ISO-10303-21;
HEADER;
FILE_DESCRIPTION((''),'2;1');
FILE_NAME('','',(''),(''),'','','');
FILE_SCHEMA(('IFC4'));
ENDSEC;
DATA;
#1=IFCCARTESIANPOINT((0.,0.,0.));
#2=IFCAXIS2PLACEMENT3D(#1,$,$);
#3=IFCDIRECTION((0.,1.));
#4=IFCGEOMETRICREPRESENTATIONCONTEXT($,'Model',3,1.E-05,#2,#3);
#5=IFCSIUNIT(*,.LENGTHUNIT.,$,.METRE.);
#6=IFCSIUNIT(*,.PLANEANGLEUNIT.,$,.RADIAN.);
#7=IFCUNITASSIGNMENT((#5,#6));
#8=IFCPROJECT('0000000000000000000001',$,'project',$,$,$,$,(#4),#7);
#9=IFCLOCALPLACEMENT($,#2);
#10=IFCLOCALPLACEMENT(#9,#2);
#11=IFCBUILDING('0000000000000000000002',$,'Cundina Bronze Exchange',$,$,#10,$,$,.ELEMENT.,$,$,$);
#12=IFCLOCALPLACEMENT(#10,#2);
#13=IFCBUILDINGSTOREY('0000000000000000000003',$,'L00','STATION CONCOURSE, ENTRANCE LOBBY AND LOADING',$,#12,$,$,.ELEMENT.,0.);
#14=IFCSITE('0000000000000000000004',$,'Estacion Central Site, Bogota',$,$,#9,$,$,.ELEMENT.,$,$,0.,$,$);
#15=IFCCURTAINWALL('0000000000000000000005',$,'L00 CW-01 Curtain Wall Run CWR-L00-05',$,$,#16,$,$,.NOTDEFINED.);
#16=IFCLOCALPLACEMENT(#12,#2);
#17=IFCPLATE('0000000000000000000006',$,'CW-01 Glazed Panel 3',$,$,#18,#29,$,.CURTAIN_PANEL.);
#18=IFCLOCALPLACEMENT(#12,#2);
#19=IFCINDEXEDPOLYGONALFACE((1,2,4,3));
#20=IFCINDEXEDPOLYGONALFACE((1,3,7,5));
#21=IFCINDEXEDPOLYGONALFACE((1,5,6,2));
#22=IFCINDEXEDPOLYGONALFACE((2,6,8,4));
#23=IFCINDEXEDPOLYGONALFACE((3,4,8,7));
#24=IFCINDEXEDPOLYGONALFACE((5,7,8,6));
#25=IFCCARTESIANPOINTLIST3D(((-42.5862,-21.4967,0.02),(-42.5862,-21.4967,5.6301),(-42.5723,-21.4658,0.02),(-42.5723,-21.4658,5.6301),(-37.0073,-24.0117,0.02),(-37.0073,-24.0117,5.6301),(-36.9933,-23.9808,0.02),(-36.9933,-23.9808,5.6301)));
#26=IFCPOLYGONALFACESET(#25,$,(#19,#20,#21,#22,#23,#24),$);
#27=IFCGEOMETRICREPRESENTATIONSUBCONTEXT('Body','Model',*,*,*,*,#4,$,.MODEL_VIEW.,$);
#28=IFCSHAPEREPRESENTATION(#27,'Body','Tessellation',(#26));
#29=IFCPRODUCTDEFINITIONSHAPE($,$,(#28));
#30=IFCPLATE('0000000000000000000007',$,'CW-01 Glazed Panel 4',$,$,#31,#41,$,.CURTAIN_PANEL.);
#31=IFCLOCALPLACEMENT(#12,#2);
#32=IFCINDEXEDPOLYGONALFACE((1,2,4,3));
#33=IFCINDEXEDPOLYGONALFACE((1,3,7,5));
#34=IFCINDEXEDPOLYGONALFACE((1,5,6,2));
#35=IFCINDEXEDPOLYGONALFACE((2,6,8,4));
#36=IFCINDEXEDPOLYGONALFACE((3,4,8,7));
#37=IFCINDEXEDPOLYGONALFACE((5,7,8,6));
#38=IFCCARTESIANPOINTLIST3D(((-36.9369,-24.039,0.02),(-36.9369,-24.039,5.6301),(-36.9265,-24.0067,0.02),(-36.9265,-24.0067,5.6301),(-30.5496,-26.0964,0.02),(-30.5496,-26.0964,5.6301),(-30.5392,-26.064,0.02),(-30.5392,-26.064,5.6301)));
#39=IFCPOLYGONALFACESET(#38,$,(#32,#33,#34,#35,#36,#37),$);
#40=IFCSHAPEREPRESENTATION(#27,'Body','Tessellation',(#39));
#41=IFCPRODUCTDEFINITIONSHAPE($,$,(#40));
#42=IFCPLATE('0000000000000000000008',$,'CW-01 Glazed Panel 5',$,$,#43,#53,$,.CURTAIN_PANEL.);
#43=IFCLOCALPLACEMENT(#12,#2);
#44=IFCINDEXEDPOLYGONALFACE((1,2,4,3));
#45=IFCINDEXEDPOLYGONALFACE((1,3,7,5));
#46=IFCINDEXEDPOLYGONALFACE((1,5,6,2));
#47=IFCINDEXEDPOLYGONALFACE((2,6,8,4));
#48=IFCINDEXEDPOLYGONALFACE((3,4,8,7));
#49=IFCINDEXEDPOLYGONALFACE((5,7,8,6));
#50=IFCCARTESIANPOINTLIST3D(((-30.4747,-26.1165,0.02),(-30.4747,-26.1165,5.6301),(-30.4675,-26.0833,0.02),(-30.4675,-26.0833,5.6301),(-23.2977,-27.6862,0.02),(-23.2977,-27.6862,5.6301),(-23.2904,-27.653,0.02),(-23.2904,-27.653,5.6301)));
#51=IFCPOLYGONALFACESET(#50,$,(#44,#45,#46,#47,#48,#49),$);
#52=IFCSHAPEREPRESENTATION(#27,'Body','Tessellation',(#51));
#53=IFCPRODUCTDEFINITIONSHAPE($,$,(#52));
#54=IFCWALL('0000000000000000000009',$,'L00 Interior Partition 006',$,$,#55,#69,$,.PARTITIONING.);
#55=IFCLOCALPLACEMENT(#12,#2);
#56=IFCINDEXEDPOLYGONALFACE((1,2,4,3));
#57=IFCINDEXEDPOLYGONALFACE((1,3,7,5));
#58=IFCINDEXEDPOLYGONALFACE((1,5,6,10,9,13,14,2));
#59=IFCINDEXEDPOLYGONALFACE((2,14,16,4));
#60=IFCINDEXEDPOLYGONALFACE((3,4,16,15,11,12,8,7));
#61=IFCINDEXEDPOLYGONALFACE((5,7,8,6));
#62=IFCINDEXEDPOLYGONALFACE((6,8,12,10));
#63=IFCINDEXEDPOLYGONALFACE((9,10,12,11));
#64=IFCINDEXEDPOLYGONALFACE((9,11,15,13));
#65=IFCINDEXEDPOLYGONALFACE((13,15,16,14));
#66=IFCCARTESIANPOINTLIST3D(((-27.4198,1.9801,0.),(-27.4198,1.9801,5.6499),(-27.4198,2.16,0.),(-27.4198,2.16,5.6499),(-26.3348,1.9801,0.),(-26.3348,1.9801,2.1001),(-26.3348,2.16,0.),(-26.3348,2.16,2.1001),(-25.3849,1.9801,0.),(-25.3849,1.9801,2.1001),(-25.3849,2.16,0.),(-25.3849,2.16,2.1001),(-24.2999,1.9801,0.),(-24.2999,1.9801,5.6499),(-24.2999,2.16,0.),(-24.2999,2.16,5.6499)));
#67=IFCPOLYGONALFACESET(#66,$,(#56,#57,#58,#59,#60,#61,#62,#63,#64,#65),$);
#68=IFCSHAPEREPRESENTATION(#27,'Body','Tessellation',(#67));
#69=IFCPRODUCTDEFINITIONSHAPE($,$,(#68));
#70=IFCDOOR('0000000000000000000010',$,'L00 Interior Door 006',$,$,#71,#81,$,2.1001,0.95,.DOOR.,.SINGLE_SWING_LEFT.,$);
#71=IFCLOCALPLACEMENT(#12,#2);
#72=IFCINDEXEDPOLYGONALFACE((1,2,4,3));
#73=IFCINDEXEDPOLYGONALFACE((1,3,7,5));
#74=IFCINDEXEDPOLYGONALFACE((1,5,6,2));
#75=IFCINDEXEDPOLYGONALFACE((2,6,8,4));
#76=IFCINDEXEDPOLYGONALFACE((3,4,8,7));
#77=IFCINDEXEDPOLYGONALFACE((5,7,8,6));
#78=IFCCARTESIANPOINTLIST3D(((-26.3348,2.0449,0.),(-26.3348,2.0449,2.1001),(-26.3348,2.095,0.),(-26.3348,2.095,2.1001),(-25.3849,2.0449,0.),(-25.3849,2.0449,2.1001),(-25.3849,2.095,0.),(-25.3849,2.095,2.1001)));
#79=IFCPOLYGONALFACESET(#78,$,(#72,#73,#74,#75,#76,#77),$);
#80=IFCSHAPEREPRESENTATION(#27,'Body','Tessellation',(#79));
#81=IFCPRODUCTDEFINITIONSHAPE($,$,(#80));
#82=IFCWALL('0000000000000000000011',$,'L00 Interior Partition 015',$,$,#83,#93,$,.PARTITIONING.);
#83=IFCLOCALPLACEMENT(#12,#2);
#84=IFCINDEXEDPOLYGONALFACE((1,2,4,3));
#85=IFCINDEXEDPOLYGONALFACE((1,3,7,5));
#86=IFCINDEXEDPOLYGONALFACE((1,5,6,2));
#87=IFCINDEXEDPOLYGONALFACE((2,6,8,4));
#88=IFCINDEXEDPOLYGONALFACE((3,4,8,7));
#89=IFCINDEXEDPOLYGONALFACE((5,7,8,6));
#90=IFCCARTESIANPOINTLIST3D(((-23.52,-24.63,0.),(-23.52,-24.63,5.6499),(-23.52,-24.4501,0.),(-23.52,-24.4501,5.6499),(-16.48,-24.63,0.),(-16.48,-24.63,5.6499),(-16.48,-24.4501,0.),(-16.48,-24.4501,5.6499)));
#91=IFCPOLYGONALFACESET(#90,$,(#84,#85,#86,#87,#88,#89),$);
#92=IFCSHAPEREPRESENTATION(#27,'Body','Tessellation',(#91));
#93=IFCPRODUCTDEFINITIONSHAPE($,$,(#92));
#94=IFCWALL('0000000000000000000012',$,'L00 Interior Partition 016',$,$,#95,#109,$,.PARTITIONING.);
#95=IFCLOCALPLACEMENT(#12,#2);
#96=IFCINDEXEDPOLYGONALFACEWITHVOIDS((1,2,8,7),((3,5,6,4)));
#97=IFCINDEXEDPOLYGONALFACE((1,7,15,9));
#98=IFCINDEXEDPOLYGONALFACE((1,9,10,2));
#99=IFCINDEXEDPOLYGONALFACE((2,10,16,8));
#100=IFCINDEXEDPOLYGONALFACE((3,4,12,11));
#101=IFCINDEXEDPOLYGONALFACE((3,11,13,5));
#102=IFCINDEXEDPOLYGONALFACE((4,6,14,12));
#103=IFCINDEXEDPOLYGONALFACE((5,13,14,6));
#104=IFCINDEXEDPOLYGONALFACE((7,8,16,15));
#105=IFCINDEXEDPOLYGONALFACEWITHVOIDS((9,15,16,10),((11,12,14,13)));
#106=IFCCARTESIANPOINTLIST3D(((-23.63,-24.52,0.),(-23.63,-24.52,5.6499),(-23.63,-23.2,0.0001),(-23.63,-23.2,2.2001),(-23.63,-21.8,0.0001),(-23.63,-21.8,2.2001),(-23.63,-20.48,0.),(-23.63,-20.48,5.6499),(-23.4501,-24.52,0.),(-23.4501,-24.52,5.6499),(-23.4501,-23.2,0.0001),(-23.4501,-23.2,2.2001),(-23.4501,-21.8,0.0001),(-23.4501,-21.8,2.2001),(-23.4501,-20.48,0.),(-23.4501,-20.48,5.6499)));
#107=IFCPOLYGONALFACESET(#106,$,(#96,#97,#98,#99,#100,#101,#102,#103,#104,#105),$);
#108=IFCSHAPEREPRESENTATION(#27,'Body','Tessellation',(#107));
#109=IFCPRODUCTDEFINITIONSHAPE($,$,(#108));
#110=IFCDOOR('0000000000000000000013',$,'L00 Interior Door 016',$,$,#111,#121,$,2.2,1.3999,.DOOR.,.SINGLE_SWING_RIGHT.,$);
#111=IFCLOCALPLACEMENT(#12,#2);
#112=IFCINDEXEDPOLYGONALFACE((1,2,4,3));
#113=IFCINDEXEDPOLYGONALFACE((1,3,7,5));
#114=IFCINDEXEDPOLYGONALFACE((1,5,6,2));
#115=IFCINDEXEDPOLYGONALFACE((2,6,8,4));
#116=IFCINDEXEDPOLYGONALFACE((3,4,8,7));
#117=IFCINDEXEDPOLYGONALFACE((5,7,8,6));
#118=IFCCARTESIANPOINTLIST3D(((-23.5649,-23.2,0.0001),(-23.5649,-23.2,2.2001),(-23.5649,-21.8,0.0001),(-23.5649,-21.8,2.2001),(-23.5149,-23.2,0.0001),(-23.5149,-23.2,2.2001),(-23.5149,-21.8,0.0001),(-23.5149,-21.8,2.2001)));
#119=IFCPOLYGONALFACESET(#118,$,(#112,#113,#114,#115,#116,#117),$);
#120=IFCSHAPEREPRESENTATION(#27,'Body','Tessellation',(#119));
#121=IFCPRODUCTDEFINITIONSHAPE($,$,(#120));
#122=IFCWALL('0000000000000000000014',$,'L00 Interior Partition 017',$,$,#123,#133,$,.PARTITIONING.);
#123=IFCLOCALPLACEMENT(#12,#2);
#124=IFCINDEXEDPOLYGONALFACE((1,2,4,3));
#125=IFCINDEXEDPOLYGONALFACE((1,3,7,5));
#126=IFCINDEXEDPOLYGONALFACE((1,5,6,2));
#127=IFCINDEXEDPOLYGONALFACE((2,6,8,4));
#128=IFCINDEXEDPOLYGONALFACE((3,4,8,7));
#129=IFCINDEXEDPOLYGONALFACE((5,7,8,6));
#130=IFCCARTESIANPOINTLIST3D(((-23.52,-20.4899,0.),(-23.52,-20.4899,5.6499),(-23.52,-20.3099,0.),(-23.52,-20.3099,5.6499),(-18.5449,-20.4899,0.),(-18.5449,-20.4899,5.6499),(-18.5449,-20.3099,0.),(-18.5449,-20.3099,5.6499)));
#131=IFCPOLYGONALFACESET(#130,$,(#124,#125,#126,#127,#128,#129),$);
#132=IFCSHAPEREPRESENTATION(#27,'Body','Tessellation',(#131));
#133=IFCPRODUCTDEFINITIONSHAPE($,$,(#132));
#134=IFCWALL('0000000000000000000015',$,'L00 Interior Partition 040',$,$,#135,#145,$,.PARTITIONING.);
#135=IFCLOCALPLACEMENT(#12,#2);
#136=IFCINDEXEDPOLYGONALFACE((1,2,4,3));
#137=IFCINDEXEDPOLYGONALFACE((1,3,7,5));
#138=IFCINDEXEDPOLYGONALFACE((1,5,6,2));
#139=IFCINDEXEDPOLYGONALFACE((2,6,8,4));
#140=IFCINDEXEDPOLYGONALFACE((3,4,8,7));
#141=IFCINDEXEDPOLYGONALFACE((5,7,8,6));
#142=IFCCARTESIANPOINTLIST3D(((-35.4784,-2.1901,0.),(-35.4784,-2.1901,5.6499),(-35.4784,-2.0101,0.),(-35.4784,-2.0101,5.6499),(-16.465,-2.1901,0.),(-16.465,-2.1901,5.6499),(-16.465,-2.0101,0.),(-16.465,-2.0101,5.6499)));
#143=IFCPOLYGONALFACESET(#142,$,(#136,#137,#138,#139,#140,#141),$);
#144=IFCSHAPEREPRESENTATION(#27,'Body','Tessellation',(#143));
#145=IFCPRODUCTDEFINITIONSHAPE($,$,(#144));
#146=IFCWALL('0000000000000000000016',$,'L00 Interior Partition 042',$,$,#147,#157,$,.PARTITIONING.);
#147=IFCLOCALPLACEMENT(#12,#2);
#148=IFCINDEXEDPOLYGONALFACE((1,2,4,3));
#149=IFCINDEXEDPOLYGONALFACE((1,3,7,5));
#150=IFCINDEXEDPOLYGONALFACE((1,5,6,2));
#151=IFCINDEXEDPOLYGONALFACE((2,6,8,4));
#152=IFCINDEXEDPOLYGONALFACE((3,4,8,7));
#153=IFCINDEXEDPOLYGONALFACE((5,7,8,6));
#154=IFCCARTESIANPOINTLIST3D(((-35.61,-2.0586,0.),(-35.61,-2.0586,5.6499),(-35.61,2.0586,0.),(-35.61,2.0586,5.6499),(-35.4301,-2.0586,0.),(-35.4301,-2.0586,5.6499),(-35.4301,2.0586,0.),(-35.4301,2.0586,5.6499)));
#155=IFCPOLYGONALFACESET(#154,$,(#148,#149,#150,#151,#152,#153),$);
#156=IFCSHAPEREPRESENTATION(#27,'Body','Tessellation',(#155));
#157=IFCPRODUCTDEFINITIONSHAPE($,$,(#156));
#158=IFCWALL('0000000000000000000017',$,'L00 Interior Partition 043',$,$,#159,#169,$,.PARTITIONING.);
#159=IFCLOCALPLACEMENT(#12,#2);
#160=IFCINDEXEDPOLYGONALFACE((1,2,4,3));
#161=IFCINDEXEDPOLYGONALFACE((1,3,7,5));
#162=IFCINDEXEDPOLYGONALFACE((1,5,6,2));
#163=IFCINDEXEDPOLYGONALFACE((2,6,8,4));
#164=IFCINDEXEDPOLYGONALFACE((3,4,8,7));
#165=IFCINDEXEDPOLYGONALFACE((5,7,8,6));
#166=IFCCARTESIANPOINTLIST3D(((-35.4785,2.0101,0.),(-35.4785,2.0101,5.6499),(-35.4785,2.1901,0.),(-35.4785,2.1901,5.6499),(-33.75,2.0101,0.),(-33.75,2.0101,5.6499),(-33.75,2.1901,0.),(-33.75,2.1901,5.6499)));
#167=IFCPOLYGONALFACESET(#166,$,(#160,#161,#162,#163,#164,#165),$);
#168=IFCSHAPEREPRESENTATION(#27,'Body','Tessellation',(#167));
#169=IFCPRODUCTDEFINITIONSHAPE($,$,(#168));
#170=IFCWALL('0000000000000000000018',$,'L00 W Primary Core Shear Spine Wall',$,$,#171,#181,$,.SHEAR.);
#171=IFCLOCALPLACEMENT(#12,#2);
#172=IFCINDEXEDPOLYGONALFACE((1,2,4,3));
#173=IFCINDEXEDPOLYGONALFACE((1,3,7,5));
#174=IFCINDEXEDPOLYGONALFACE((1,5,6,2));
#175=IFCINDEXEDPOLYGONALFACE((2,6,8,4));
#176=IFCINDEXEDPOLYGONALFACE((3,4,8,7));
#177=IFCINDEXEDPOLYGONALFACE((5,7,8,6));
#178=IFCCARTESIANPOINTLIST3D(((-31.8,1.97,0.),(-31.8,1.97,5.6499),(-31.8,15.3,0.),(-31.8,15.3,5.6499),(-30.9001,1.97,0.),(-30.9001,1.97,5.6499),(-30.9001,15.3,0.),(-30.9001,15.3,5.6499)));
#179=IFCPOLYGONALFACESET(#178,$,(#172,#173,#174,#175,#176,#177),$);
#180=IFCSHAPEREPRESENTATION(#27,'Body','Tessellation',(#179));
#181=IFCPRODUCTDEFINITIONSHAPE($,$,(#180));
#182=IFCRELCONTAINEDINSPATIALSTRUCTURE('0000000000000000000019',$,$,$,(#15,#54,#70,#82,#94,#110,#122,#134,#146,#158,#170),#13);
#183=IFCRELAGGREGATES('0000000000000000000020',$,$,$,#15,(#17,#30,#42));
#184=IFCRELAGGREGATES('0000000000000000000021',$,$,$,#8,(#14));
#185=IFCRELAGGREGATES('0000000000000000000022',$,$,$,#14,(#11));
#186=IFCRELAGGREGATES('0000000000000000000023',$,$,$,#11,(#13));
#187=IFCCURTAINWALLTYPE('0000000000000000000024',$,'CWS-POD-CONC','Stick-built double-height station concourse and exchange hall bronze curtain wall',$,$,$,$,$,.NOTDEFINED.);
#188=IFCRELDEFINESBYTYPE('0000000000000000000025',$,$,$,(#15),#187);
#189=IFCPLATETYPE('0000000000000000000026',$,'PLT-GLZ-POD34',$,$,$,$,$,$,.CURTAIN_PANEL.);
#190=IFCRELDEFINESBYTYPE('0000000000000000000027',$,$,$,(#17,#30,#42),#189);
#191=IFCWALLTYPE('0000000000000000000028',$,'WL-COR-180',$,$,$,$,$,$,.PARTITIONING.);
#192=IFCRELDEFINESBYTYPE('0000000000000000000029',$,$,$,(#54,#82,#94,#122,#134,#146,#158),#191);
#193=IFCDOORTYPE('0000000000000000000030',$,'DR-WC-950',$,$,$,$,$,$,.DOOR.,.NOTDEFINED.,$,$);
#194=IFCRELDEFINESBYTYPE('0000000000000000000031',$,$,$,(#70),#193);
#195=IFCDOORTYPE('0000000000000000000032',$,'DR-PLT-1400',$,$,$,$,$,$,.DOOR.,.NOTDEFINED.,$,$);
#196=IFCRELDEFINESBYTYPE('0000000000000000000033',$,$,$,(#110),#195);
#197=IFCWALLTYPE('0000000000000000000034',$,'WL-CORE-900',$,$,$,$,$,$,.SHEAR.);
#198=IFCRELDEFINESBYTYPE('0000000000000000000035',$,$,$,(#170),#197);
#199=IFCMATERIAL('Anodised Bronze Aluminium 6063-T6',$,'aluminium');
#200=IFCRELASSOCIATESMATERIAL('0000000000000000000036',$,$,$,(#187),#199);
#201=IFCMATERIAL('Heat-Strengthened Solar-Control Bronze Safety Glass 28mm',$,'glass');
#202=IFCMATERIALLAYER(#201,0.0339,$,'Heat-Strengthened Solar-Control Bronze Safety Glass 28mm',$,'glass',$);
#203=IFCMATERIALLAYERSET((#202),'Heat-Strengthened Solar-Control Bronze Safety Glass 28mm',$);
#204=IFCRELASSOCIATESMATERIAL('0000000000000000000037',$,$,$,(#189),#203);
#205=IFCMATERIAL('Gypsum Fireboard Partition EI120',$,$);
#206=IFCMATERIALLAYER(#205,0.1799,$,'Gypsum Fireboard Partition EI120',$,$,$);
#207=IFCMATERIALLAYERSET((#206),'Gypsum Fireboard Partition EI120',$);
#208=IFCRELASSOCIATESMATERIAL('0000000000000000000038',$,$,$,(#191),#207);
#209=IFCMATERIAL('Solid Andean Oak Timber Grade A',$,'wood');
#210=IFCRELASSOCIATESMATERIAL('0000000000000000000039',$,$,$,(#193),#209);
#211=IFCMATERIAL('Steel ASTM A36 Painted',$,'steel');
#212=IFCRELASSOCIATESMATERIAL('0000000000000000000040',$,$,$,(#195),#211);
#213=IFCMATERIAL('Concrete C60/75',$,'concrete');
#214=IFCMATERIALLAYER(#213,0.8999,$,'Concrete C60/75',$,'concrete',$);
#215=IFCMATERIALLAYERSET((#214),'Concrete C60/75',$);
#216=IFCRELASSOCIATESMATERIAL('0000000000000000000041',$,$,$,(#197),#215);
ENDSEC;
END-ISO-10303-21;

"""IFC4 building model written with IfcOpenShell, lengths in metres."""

from ifc_helpers import new_model, si_unit, direction, frame, frame_2d, origin, origin_2d, place, context, subcontext, project, spatial, rectangle, extrude, material, layer, layer_set, type_object, element, fill, aggregate, save


model = new_model("IFC4")

# Units and contexts
model_context = context("Model", 3, precision=1e-05, world=origin(), true_north=direction((0.0, 1.0)))
body_context = subcontext(model_context, "Body", "Model", "MODEL_VIEW")
ifc_project = project(units=[si_unit("LENGTHUNIT", "METRE"), si_unit("PLANEANGLEUNIT", "RADIAN")], contexts=[model_context])

# Site, building, storey
site_placement = place(None, origin())
site = spatial("IfcSite", under=ifc_project, at=site_placement, Name="Estacion Central Site, Bogota", CompositionType="ELEMENT", RefElevation=0.0)
building_placement = place(site_placement, origin())
building = spatial("IfcBuilding", under=site, at=building_placement, Name="Cundina Bronze Exchange", CompositionType="ELEMENT")
storey_placement = place(building_placement, origin())
storey = spatial("IfcBuildingStorey", under=building, at=storey_placement, Name="L00", Description="STATION CONCOURSE, ENTRANCE LOBBY AND LOADING", CompositionType="ELEMENT", Elevation=0.0)

# Shared definitions
ifc_material_1 = material(Name="Concrete C60/75", Category="concrete")

# Curtain wall, plates
ifc_material_2 = material(Name="Anodised Bronze Aluminium 6063-T6", Category="aluminium")
curtain_wall_type = type_object("IfcCurtainWallType", Name="CWS-POD-CONC", Description="Stick-built double-height station concourse and exchange hall bronze curtain wall", PredefinedType="NOTDEFINED", material=ifc_material_2)
curtain_wall_placement = place(storey_placement, origin())
curtain_wall = element("IfcCurtainWall", 1, at=curtain_wall_placement, inside=storey, type_object=curtain_wall_type, Name="L00 CW-01 Curtain Wall Run CWR-L00-05", PredefinedType="NOTDEFINED")
ifc_material_3 = material(Name="Heat-Strengthened Solar-Control Bronze Safety Glass 28mm", Category="glass")
ifc_layer_1 = layer(ifc_material_3, 0.0339, Name="Heat-Strengthened Solar-Control Bronze Safety Glass 28mm", Category="glass")
ifc_layer_set_1 = layer_set([ifc_layer_1], Name="Heat-Strengthened Solar-Control Bronze Safety Glass 28mm")
plate_type = type_object("IfcPlateType", Name="PLT-GLZ-POD34", PredefinedType="CURTAIN_PANEL", material=ifc_layer_set_1)
plate_1_placement = place(storey_placement, frame((-39.7898, -22.7388, 0.02), z_axis=(0.0, 0.0, 1.0), x_axis=(0.911647, -0.410973, 0.0)))
plate_1 = element("IfcPlate", 2, at=plate_1_placement, type_object=plate_type, Name="CW-01 Glazed Panel 3", PredefinedType="CURTAIN_PANEL", context=body_context, shape_type="SweptSolid", body=[
    extrude(rectangle(XDim=6.1196, YDim=0.0339, at=origin_2d()), origin(), (0.0, 0.0, 1.0), 5.6101),
])
plate_2_placement = place(storey_placement, frame((-33.738, -25.0515, 0.02), z_axis=(0.0, 0.0, 1.0), x_axis=(0.951841, -0.306593, 0.0)))
plate_2 = element("IfcPlate", 3, at=plate_2_placement, type_object=plate_type, Name="CW-01 Glazed Panel 4", PredefinedType="CURTAIN_PANEL", context=body_context, shape_type="SweptSolid", body=[
    extrude(rectangle(XDim=6.7104, YDim=0.0339, at=origin_2d()), origin(), (0.0, 0.0, 1.0), 5.6101),
])
plate_3_placement = place(storey_placement, frame((-26.8826, -26.8848, 0.02), z_axis=(0.0, 0.0, 1.0), x_axis=(0.976908, -0.213661, 0.0)))
plate_3 = element("IfcPlate", 4, at=plate_3_placement, type_object=plate_type, Name="CW-01 Glazed Panel 5", PredefinedType="CURTAIN_PANEL", context=body_context, shape_type="SweptSolid", body=[
    extrude(rectangle(XDim=7.3467, YDim=0.0339, at=origin_2d()), origin(), (0.0, 0.0, 1.0), 5.6101),
])
aggregate(curtain_wall, [plate_1, plate_2, plate_3])

# Wall, opening, door
ifc_material_4 = material(Name="Gypsum Fireboard Partition EI120")
ifc_layer_2 = layer(ifc_material_4, 0.1799, Name="Gypsum Fireboard Partition EI120")
ifc_layer_set_2 = layer_set([ifc_layer_2], Name="Gypsum Fireboard Partition EI120")
wall_type_1 = type_object("IfcWallType", Name="WL-COR-180", PredefinedType="PARTITIONING", material=ifc_layer_set_2)
ifc_material_5 = material(Name="Steel ASTM A36 Painted", Category="steel")
wall_1_placement = place(storey_placement, frame((-27.4199, 2.0701, 0.0), z_axis=(0.0, 0.0, 1.0), x_axis=(1.0, 0.0, 0.0)))
wall_1 = element("IfcWall", 5, at=wall_1_placement, inside=storey, type_object=wall_type_1, Name="L00 Interior Partition 006", PredefinedType="PARTITIONING", context=body_context, shape_type="SweptSolid", body=[
    extrude(rectangle(XDim=3.1199, YDim=0.1799, at=frame_2d((1.5601, 0.0))), origin(), (0.0, 0.0, 1.0), 5.6499),
])
opening_1_placement = place(wall_1_placement, frame((1.085, 0.0, 0.0)))
opening_1 = element("IfcOpeningElement", 6, at=opening_1_placement, cuts=wall_1, PredefinedType="OPENING", context=body_context, shape_type="SweptSolid", body=[
    extrude(rectangle(XDim=0.95, YDim=2.1001, at=frame_2d((0.4751, 1.05))), frame((0.0, 0.0999, 0.0), z_axis=(0.0, -1.0, 0.0), x_axis=(1.0, 0.0, 0.0)), (0.0, 0.0, 1.0), 0.2),
])
ifc_material_6 = material(Name="Solid Andean Oak Timber Grade A", Category="wood")
door_type_1 = type_object("IfcDoorType", Name="DR-WC-950", OperationType="NOTDEFINED", PredefinedType="DOOR", material=ifc_material_6)
door_1_placement = place(opening_1_placement, origin())
door_1 = element("IfcDoor", 7, at=door_1_placement, inside=storey, type_object=door_type_1, Name="L00 Interior Door 006", OperationType="SINGLE_SWING_LEFT", OverallHeight=2.1001, OverallWidth=0.95, PredefinedType="DOOR", context=body_context, shape_type="SweptSolid", body=[
    extrude(rectangle(XDim=0.95, YDim=2.1001, at=frame_2d((0.4751, 1.05))), frame((0.0, 0.0249, 0.0), z_axis=(0.0, -1.0, 0.0), x_axis=(1.0, 0.0, 0.0)), (0.0, 0.0, 1.0), 0.05),
])
fill(opening_1, door_1)

# Wall
wall_2_placement = place(storey_placement, frame((-23.52, -24.54, 0.0), z_axis=(0.0, 0.0, 1.0), x_axis=(1.0, 0.0, 0.0)))
element("IfcWall", 8, at=wall_2_placement, inside=storey, type_object=wall_type_1, Name="L00 Interior Partition 015", PredefinedType="PARTITIONING", context=body_context, shape_type="SweptSolid", body=[
    extrude(rectangle(XDim=7.04, YDim=0.1799, at=frame_2d((3.52, 0.0))), origin(), (0.0, 0.0, 1.0), 5.6499),
])

# Wall, opening, door
wall_3_placement = place(storey_placement, frame((-23.54, -24.52, 0.0), z_axis=(0.0, 0.0, 1.0), x_axis=(0.0, 1.0, 0.0)))
wall_3 = element("IfcWall", 9, at=wall_3_placement, inside=storey, type_object=wall_type_1, Name="L00 Interior Partition 016", PredefinedType="PARTITIONING", context=body_context, shape_type="SweptSolid", body=[
    extrude(rectangle(XDim=4.04, YDim=0.1799, at=frame_2d((2.02, 0.0))), origin(), (0.0, 0.0, 1.0), 5.6499),
])
opening_2_placement = place(wall_3_placement, frame((1.3201, 0.0, 0.0)))
opening_2 = element("IfcOpeningElement", 10, at=opening_2_placement, cuts=wall_3, PredefinedType="OPENING", context=body_context, shape_type="SweptSolid", body=[
    extrude(rectangle(XDim=1.3999, YDim=2.2, at=frame_2d((0.7, 1.1001))), frame((0.0, 0.0999, 0.0), z_axis=(0.0, -1.0, 0.0), x_axis=(1.0, 0.0, 0.0)), (0.0, 0.0, 1.0), 0.2),
])
door_type_2 = type_object("IfcDoorType", Name="DR-PLT-1400", OperationType="NOTDEFINED", PredefinedType="DOOR", material=ifc_material_5)
door_2_placement = place(opening_2_placement, origin())
door_2 = element("IfcDoor", 11, at=door_2_placement, inside=storey, type_object=door_type_2, Name="L00 Interior Door 016", OperationType="SINGLE_SWING_RIGHT", OverallHeight=2.2, OverallWidth=1.3999, PredefinedType="DOOR", context=body_context, shape_type="SweptSolid", body=[
    extrude(rectangle(XDim=1.3999, YDim=2.2, at=frame_2d((0.7, 1.1001))), frame((0.0, 0.0249, 0.0), z_axis=(0.0, -1.0, 0.0), x_axis=(1.0, 0.0, 0.0)), (0.0, 0.0, 1.0), 0.05),
])
fill(opening_2, door_2)

# Walls
wall_4_placement = place(storey_placement, frame((-23.52, -20.3999, 0.0), z_axis=(0.0, 0.0, 1.0), x_axis=(1.0, 0.0, 0.0)))
element("IfcWall", 12, at=wall_4_placement, inside=storey, type_object=wall_type_1, Name="L00 Interior Partition 017", PredefinedType="PARTITIONING", context=body_context, shape_type="SweptSolid", body=[
    extrude(rectangle(XDim=4.9751, YDim=0.1799, at=frame_2d((2.4875, 0.0))), origin(), (0.0, 0.0, 1.0), 5.6499),
])
wall_5_placement = place(storey_placement, frame((-35.4785, -2.1001, 0.0), z_axis=(0.0, 0.0, 1.0), x_axis=(1.0, 0.0, 0.0)))
element("IfcWall", 13, at=wall_5_placement, inside=storey, type_object=wall_type_1, Name="L00 Interior Partition 040", PredefinedType="PARTITIONING", context=body_context, shape_type="SweptSolid", body=[
    extrude(rectangle(XDim=19.0134, YDim=0.1799, at=frame_2d((9.5068, 0.0))), origin(), (0.0, 0.0, 1.0), 5.6499),
])
wall_6_placement = place(storey_placement, frame((-35.52, 2.0586, 0.0), z_axis=(0.0, 0.0, 1.0), x_axis=(0.0, -1.0, 0.0)))
element("IfcWall", 14, at=wall_6_placement, inside=storey, type_object=wall_type_1, Name="L00 Interior Partition 042", PredefinedType="PARTITIONING", context=body_context, shape_type="SweptSolid", body=[
    extrude(rectangle(XDim=4.1172, YDim=0.1799, at=frame_2d((2.0586, 0.0))), origin(), (0.0, 0.0, 1.0), 5.6499),
])
wall_7_placement = place(storey_placement, frame((-33.75, 2.1001, 0.0), z_axis=(0.0, 0.0, 1.0), x_axis=(-1.0, 0.0, 0.0)))
element("IfcWall", 15, at=wall_7_placement, inside=storey, type_object=wall_type_1, Name="L00 Interior Partition 043", PredefinedType="PARTITIONING", context=body_context, shape_type="SweptSolid", body=[
    extrude(rectangle(XDim=1.7285, YDim=0.1799, at=frame_2d((0.8643, 0.0))), origin(), (0.0, 0.0, 1.0), 5.6499),
])
ifc_layer_3 = layer(ifc_material_1, 0.8999, Name="Concrete C60/75", Category="concrete")
ifc_layer_set_3 = layer_set([ifc_layer_3], Name="Concrete C60/75")
wall_type_2 = type_object("IfcWallType", Name="WL-CORE-900", PredefinedType="SHEAR", material=ifc_layer_set_3)
wall_8_placement = place(storey_placement, frame((-31.3501, 1.97, 0.0), z_axis=(0.0, 0.0, 1.0), x_axis=(0.0, 1.0, 0.0)))
element("IfcWall", 16, at=wall_8_placement, inside=storey, type_object=wall_type_2, Name="L00 W Primary Core Shear Spine Wall", PredefinedType="SHEAR", context=body_context, shape_type="SweptSolid", body=[
    extrude(rectangle(XDim=13.3301, YDim=0.8999, at=frame_2d((6.665, 0.0))), origin(), (0.0, 0.0, 1.0), 5.6499),
])

save(model, "model.ifc")
